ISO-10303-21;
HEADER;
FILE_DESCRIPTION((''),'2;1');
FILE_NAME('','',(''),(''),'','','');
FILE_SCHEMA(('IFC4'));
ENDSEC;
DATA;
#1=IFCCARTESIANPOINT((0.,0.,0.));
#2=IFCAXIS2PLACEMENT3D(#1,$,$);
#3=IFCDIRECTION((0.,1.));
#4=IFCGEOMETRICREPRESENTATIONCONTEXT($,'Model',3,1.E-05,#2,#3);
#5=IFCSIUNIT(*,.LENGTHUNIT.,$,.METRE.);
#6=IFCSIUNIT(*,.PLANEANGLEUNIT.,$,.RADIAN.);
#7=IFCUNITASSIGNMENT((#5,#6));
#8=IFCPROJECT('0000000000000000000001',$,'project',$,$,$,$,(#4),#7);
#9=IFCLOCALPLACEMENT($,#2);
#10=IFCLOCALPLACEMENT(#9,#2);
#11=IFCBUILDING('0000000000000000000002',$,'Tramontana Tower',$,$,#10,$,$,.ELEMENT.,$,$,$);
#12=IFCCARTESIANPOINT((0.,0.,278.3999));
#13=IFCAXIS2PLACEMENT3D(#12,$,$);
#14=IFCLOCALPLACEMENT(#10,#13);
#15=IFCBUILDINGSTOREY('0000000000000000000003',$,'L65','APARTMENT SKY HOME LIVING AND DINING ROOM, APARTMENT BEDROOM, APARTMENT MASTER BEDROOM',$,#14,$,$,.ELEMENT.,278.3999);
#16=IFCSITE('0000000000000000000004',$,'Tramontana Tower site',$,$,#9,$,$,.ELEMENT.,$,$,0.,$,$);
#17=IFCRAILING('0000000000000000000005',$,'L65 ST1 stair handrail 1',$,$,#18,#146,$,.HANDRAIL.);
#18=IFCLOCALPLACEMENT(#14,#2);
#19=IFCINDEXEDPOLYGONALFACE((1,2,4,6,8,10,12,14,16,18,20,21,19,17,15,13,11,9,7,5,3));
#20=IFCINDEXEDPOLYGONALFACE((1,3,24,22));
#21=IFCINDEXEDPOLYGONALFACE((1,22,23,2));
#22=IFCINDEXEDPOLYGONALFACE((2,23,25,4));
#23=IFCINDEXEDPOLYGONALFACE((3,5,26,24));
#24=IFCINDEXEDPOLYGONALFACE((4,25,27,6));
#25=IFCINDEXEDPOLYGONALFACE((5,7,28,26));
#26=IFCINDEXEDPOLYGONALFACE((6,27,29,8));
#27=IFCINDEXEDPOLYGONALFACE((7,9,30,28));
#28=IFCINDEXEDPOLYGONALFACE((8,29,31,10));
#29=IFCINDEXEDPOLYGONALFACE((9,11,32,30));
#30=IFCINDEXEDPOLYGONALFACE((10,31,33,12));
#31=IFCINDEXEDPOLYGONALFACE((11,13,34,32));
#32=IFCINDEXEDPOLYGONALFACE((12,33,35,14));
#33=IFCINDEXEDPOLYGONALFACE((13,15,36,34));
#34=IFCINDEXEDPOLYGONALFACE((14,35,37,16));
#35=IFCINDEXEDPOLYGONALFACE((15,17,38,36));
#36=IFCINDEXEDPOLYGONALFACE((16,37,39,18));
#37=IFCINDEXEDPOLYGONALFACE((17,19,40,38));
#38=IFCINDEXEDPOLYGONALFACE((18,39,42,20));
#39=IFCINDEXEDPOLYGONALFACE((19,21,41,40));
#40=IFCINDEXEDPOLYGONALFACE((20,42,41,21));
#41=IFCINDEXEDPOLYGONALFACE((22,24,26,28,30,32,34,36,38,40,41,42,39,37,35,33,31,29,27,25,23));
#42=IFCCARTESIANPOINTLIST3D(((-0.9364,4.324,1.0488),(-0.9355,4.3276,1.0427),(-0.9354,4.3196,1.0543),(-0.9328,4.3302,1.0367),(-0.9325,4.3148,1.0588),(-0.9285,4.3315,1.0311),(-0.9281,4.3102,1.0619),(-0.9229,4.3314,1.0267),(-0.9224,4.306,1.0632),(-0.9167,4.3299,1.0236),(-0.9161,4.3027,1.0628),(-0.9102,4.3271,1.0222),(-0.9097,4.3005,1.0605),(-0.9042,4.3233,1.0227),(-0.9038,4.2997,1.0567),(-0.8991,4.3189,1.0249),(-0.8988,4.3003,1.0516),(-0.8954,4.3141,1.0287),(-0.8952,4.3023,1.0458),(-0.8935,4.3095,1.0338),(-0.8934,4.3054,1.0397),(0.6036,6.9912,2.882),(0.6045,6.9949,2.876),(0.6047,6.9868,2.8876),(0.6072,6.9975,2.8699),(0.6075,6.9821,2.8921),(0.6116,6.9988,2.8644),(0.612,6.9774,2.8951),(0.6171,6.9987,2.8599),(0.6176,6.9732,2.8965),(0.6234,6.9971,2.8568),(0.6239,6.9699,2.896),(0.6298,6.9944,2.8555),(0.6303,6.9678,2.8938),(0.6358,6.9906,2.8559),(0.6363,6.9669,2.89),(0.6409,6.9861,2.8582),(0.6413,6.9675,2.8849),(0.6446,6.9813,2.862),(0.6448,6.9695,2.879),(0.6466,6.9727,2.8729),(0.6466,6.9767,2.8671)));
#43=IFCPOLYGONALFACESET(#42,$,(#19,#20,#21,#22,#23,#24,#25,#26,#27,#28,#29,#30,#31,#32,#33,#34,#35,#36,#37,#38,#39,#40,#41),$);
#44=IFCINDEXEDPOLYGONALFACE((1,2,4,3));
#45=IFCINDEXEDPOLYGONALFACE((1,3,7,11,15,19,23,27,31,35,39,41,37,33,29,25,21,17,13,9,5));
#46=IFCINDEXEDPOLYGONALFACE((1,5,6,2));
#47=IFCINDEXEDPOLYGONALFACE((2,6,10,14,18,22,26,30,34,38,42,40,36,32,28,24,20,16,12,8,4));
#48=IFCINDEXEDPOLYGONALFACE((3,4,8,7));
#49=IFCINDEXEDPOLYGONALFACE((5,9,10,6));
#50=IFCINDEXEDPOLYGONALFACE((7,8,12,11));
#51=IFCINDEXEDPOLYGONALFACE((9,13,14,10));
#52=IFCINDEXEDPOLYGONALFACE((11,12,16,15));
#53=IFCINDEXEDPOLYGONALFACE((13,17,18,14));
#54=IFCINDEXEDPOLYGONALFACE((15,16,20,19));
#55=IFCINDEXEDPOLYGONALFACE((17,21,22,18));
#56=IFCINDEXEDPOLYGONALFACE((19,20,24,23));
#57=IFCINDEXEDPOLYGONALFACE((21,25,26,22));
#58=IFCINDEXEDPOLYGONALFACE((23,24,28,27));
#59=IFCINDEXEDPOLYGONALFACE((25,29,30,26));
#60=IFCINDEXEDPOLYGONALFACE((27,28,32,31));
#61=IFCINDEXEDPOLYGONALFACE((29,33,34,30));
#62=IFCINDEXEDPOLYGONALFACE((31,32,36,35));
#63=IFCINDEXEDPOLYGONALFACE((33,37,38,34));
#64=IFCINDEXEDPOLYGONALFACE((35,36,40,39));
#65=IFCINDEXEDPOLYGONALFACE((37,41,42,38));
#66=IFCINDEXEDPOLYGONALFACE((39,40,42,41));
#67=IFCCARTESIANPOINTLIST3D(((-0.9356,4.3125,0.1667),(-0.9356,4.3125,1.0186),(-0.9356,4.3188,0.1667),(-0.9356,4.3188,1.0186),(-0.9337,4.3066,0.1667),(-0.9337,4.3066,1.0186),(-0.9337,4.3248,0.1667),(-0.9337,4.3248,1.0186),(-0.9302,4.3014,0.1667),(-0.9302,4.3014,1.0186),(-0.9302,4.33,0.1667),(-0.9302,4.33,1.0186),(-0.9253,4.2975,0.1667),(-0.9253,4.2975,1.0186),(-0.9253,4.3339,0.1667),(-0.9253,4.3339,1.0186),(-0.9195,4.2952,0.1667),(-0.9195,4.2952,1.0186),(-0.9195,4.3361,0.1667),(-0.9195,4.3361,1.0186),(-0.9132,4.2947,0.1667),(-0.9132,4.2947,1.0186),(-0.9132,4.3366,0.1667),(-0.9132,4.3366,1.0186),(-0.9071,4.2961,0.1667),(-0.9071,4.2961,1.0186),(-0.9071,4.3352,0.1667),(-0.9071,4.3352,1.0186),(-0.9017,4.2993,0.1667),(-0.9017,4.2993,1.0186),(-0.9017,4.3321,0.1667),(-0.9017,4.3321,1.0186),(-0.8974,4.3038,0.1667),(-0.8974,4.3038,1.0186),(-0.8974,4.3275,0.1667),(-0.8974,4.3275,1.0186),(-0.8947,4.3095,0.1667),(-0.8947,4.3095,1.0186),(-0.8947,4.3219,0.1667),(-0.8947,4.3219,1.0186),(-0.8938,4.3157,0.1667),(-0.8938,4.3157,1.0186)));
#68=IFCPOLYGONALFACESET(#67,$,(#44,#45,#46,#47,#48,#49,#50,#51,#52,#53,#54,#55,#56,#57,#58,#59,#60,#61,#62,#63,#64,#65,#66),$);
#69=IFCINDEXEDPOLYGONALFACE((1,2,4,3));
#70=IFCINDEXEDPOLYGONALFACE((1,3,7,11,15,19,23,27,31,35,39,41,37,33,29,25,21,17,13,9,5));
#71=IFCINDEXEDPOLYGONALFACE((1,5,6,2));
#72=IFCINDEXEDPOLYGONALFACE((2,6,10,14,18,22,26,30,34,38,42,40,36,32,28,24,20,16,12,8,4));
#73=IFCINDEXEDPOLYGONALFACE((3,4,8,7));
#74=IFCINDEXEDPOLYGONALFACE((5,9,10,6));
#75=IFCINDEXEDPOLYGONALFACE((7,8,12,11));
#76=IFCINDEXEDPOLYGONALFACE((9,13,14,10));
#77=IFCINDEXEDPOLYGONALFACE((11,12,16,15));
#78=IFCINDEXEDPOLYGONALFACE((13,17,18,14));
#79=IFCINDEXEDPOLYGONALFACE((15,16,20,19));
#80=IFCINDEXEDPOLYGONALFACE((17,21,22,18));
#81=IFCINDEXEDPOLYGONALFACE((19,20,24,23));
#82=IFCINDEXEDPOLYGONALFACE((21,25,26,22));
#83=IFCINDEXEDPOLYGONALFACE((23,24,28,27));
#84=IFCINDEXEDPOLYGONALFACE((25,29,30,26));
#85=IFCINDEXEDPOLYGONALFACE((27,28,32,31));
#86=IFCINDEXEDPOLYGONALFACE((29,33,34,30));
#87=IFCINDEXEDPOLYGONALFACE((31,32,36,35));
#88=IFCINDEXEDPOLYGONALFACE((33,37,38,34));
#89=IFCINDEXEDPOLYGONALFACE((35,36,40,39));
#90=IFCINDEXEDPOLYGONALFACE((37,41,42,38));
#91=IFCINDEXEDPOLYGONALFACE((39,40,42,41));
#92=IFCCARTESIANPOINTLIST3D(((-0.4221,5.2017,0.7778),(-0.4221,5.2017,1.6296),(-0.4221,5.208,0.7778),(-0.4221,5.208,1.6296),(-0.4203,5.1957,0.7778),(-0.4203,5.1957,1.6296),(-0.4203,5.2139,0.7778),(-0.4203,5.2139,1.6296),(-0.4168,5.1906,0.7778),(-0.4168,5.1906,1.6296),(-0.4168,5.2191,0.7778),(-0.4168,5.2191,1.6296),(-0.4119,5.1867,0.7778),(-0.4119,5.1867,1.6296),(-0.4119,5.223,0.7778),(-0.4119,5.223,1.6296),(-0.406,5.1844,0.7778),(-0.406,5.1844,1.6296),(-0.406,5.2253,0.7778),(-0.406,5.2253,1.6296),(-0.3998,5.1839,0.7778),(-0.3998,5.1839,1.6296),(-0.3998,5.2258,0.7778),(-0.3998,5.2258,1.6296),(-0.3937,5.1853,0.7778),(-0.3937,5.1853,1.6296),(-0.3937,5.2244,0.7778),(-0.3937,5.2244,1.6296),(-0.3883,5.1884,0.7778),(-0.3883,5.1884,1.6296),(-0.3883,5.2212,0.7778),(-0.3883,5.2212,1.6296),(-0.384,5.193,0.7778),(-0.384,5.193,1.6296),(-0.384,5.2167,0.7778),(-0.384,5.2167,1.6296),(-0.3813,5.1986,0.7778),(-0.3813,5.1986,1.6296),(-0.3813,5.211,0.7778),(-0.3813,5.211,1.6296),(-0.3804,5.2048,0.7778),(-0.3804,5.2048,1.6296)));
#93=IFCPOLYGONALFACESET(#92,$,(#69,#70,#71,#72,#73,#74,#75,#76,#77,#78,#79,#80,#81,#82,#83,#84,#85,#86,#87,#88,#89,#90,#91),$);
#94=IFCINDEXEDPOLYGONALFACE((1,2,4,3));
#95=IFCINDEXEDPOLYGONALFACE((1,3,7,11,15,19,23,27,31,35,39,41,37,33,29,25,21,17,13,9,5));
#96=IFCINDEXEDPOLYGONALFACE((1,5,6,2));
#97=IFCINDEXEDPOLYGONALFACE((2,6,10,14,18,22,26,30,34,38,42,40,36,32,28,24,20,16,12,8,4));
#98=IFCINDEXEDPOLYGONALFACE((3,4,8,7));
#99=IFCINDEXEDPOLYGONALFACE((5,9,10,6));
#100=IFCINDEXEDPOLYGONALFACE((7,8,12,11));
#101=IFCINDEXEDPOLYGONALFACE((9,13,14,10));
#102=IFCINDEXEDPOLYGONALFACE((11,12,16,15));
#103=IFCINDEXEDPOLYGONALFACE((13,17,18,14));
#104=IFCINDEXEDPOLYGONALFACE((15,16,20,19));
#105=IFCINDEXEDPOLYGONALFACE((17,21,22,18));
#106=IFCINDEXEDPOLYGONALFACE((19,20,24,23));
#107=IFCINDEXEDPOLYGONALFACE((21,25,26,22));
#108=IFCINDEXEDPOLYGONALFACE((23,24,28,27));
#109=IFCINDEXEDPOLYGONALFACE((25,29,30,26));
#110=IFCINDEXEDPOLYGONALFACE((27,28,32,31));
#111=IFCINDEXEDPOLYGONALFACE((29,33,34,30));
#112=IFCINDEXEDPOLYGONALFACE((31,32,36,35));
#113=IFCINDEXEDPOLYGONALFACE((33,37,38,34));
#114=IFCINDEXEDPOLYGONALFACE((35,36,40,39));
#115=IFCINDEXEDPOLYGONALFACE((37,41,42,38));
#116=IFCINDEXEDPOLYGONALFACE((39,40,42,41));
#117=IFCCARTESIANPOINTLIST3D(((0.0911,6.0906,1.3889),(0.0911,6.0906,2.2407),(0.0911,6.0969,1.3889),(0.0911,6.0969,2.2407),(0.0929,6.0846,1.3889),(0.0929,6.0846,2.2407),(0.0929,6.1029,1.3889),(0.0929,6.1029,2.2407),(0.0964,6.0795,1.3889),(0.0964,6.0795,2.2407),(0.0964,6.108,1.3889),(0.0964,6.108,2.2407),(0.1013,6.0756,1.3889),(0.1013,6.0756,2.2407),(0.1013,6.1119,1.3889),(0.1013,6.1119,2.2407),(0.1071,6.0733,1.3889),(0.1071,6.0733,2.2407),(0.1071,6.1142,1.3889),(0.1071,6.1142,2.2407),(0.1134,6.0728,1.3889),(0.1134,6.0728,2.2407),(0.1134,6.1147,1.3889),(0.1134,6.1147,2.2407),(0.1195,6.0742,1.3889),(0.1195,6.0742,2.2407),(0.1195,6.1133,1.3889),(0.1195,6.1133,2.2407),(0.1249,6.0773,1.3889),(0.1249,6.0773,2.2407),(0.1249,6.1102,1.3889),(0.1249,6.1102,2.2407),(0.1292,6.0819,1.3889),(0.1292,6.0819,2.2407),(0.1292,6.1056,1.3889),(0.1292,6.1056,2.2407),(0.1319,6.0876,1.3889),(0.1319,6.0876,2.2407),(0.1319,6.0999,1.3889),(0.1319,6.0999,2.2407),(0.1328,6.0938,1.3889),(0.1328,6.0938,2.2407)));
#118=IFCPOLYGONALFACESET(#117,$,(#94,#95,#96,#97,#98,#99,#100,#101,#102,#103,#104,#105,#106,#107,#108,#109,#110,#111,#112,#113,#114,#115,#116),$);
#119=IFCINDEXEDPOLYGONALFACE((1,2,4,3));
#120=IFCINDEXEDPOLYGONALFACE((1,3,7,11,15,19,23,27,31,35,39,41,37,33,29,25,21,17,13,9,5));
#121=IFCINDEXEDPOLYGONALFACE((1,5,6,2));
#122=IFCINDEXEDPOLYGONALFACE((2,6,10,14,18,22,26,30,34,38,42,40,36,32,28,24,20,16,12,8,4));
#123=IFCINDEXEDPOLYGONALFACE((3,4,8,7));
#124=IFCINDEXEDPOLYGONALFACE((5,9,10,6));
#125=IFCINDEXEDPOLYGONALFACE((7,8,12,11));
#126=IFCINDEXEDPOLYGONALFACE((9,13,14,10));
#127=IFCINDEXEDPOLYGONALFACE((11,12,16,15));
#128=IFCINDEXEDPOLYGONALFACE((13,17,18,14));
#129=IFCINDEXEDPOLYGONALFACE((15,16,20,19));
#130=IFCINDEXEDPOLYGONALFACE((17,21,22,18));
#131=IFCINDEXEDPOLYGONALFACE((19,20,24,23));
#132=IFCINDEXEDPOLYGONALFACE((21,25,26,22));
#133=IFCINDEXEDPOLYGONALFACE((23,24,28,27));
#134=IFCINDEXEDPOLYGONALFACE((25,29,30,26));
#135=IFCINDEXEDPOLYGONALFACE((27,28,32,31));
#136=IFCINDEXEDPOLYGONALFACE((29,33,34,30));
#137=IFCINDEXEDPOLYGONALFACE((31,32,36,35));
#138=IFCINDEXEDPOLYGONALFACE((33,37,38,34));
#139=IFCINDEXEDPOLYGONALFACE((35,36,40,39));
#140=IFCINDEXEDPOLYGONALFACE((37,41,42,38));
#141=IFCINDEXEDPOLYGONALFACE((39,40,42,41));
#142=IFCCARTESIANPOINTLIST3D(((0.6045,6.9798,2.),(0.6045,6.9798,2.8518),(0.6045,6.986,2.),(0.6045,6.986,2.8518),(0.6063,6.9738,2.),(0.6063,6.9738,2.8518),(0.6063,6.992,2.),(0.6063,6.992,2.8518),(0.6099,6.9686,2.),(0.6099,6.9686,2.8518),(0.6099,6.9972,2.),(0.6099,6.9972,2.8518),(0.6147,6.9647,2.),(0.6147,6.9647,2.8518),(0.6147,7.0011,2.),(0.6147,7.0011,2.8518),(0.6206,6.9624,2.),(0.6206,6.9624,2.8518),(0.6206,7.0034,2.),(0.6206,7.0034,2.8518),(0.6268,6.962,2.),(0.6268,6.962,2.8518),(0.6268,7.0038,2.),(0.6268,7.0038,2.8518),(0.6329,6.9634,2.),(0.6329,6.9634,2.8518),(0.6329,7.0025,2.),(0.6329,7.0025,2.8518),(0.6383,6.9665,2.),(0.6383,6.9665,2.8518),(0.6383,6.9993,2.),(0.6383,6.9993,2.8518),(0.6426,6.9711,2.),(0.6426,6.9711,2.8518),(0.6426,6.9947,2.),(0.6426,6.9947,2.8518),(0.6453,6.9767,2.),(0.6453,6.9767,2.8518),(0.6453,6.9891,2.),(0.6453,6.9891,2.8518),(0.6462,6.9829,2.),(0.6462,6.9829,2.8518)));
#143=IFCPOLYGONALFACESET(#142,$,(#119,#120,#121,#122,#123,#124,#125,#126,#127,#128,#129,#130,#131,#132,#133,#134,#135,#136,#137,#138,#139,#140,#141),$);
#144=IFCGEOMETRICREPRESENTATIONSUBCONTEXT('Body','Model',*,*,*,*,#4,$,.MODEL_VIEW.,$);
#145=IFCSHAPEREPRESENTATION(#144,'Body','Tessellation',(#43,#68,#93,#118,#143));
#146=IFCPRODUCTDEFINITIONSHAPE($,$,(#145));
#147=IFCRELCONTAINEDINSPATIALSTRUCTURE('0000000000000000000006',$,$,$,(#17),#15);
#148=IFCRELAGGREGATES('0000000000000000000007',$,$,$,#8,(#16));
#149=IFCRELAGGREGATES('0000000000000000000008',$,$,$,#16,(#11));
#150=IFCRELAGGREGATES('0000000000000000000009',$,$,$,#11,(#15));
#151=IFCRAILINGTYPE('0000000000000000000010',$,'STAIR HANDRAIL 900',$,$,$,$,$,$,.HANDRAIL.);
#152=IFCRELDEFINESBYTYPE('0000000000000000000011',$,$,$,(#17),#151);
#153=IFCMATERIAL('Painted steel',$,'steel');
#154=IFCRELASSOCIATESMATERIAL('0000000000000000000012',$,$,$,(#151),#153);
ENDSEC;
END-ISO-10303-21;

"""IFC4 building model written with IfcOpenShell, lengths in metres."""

from ifc_helpers import new_model, si_unit, direction, frame, origin, origin_2d, place, context, subcontext, project, spatial, circle, extrude, material, type_object, element, save


model = new_model("IFC4")

# Units and contexts
model_context = context("Model", 3, precision=1e-05, world=origin(), true_north=direction((0.0, 1.0)))
body_context = subcontext(model_context, "Body", "Model", "MODEL_VIEW")
ifc_project = project(units=[si_unit("LENGTHUNIT", "METRE"), si_unit("PLANEANGLEUNIT", "RADIAN")], contexts=[model_context])

# Site, building, storey
site_placement = place(None, origin())
site = spatial("IfcSite", under=ifc_project, at=site_placement, Name="Tramontana Tower site", CompositionType="ELEMENT", RefElevation=0.0)
building_placement = place(site_placement, origin())
building = spatial("IfcBuilding", under=site, at=building_placement, Name="Tramontana Tower", CompositionType="ELEMENT")
storey_placement = place(building_placement, frame((0.0, 0.0, 278.3999)))
storey = spatial("IfcBuildingStorey", under=building, at=storey_placement, Name="L65", Description="APARTMENT SKY HOME LIVING AND DINING ROOM, APARTMENT BEDROOM, APARTMENT MASTER BEDROOM", CompositionType="ELEMENT", Elevation=278.3999)

# Railing
ifc_material_1 = material(Name="Painted steel", Category="steel")
railing_type_1 = type_object("IfcRailingType", Name="STAIR HANDRAIL 900", PredefinedType="HANDRAIL", material=ifc_material_1)
railing_1_placement = place(storey_placement, frame((-0.9148, 4.3157, 0.1667)))
element("IfcRailing", 1, at=railing_1_placement, inside=storey, type_object=railing_type_1, Name="L65 ST1 stair handrail 1", PredefinedType="HANDRAIL", context=body_context, shape_type="SweptSolid", body=[
    extrude(circle(Radius=0.0239, at=origin_2d()), frame((0.0, 0.0, 0.876), z_axis=(0.429671, 0.744159, 0.511478), x_axis=(-0.86601, 0.500027, 0.0)), (0.0, 0.0, 1.0), 3.5842),
    extrude(circle(Radius=0.021, at=origin_2d()), origin(), (0.0, 0.0, 1.0), 0.8518),
    extrude(circle(Radius=0.021, at=origin_2d()), frame((0.5134, 0.8892, 0.6111)), (0.0, 0.0, 1.0), 0.8518),
    extrude(circle(Radius=0.021, at=origin_2d()), frame((1.0266, 1.7781, 1.2222)), (0.0, 0.0, 1.0), 0.8518),
    extrude(circle(Radius=0.021, at=origin_2d()), frame((1.54, 2.6672, 1.8333)), (0.0, 0.0, 1.0), 0.8518),
])

save(model, "model.ifc")
